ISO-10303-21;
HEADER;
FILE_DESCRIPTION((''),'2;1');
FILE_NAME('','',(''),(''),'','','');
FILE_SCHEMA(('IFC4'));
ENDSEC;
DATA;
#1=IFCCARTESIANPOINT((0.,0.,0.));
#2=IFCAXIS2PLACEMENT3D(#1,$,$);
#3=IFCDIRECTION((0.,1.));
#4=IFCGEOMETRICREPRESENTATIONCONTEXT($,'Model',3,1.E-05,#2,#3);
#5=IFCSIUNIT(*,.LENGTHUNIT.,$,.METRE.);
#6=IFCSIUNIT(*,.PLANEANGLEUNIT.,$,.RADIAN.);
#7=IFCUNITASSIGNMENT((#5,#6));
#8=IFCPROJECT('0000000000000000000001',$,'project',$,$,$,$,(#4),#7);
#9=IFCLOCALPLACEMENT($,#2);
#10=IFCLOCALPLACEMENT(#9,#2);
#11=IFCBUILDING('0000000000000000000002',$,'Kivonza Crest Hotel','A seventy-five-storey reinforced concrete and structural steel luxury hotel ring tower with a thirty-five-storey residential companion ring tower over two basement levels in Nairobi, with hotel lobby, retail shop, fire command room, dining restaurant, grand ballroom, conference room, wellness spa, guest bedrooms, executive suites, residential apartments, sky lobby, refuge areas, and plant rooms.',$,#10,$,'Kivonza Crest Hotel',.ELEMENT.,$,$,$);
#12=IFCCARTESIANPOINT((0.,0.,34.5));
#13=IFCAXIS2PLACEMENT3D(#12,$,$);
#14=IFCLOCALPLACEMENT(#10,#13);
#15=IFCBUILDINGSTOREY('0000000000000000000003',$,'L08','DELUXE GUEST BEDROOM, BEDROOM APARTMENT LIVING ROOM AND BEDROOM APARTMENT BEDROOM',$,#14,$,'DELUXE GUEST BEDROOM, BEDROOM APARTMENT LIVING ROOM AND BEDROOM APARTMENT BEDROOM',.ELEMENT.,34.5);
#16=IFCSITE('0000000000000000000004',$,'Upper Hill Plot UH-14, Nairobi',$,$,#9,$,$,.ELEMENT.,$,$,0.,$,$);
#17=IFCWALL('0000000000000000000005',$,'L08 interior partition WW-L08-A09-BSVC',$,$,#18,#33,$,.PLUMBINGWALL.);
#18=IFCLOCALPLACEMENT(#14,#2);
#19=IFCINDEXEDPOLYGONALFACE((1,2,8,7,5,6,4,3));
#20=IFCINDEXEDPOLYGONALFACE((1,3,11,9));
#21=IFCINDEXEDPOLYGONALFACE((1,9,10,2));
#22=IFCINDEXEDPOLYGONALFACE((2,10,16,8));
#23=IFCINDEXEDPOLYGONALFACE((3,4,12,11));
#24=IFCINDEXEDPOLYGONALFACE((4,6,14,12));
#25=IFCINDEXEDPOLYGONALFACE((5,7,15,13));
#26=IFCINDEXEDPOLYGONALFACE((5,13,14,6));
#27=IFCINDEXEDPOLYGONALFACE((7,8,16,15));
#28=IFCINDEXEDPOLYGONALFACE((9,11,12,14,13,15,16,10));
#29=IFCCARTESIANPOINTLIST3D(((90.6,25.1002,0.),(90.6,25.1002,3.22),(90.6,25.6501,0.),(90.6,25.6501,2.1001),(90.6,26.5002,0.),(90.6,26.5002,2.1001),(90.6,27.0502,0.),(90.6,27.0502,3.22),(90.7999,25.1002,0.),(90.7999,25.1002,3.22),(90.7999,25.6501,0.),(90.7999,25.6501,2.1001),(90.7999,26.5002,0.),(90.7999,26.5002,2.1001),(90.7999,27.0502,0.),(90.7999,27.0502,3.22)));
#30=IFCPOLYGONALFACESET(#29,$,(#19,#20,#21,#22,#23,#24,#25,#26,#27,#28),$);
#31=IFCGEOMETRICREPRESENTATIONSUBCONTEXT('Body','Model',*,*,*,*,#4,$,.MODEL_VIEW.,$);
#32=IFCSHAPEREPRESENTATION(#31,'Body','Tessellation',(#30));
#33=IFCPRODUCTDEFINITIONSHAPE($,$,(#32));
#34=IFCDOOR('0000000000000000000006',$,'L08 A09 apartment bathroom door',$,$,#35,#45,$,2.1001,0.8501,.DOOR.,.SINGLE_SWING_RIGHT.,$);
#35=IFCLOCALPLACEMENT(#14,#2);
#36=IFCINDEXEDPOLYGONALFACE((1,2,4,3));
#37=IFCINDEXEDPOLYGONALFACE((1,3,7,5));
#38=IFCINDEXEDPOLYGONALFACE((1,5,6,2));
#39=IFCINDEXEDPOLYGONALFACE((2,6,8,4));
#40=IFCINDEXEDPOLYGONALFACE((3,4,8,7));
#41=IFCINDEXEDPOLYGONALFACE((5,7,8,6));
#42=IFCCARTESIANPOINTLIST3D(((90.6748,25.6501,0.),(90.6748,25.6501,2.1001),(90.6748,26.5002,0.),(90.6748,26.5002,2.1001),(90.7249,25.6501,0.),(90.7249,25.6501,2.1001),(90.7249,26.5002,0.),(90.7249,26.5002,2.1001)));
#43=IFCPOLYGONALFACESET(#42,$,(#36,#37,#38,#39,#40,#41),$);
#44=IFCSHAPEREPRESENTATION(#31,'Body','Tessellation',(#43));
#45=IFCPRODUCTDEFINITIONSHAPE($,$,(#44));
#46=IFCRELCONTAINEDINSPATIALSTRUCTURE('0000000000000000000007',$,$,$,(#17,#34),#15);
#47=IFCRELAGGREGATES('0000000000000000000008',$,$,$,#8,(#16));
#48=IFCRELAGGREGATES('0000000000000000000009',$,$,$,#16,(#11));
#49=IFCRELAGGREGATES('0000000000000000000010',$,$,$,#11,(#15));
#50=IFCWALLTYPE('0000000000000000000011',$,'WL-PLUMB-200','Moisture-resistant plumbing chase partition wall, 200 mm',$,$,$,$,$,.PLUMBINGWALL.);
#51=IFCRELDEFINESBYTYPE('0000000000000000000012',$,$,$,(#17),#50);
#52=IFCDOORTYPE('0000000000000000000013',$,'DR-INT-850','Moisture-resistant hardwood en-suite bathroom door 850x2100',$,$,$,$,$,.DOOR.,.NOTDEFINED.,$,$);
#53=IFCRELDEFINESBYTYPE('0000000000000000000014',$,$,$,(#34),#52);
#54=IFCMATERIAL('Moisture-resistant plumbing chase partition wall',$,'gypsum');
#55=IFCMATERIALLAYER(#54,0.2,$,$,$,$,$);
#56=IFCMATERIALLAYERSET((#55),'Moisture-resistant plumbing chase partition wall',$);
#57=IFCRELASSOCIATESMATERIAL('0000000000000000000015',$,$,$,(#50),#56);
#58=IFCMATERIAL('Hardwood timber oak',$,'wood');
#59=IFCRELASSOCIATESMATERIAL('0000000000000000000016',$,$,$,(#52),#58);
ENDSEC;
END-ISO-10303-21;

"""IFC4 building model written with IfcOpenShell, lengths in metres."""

from ifc_helpers import new_model, si_unit, direction, frame, frame_2d, origin, place, context, subcontext, project, spatial, rectangle, extrude, material, layer, layer_set, type_object, element, fill, save


model = new_model("IFC4")

# Units and contexts
model_context = context("Model", 3, precision=1e-05, world=origin(), true_north=direction((0.0, 1.0)))
body_context = subcontext(model_context, "Body", "Model", "MODEL_VIEW")
ifc_project = project(units=[si_unit("LENGTHUNIT", "METRE"), si_unit("PLANEANGLEUNIT", "RADIAN")], contexts=[model_context])

# Site, building, storey
site_placement = place(None, origin())
site = spatial("IfcSite", under=ifc_project, at=site_placement, Name="Upper Hill Plot UH-14, Nairobi", CompositionType="ELEMENT", RefElevation=0.0)
building_placement = place(site_placement, origin())
building = spatial("IfcBuilding", under=site, at=building_placement, Name="Kivonza Crest Hotel", Description="A seventy-five-storey reinforced concrete and structural steel luxury hotel ring tower with a thirty-five-storey residential companion ring tower over two basement levels in Nairobi, with hotel lobby, retail shop, fire command room, dining restaurant, grand ballroom, conference room, wellness spa, guest bedrooms, executive suites, residential apartments, sky lobby, refuge areas, and plant rooms.", LongName="Kivonza Crest Hotel", CompositionType="ELEMENT")
storey_placement = place(building_placement, frame((0.0, 0.0, 34.5)))
storey = spatial("IfcBuildingStorey", under=building, at=storey_placement, Name="L08", Description="DELUXE GUEST BEDROOM, BEDROOM APARTMENT LIVING ROOM AND BEDROOM APARTMENT BEDROOM", LongName="DELUXE GUEST BEDROOM, BEDROOM APARTMENT LIVING ROOM AND BEDROOM APARTMENT BEDROOM", CompositionType="ELEMENT", Elevation=34.5)

# Shared definitions
ifc_material_1 = material(Name="Hardwood timber oak", Category="wood")

# Shared definitions
ifc_material_2 = material(Name="Moisture-resistant plumbing chase partition wall", Category="gypsum")
ifc_layer_1 = layer(ifc_material_2, 0.2)
ifc_layer_set_1 = layer_set([ifc_layer_1], Name="Moisture-resistant plumbing chase partition wall")
wall_type_1 = type_object("IfcWallType", Name="WL-PLUMB-200", Description="Moisture-resistant plumbing chase partition wall, 200 mm", PredefinedType="PLUMBINGWALL", material=ifc_layer_set_1)

# Wall, opening, door
wall_1_placement = place(storey_placement, frame((90.7, 25.1001, 0.0), z_axis=(0.0, 0.0, 1.0), x_axis=(0.0, 1.0, 0.0)))
wall_1 = element("IfcWall", 1, at=wall_1_placement, inside=storey, type_object=wall_type_1, Name="L08 interior partition WW-L08-A09-BSVC", PredefinedType="PLUMBINGWALL", context=body_context, shape_type="SweptSolid", body=[
    extrude(rectangle(XDim=1.95, YDim=0.2, at=frame_2d((0.9751, 0.0))), origin(), (0.0, 0.0, 1.0), 3.22),
])
opening_1_placement = place(wall_1_placement, frame((0.55, 0.0, 0.0)))
opening_1 = element("IfcOpeningElement", 2, at=opening_1_placement, cuts=wall_1, PredefinedType="OPENING", context=body_context, shape_type="SweptSolid", body=[
    extrude(rectangle(XDim=0.8501, YDim=2.1001, at=frame_2d((0.425, 1.05))), frame((0.0, 0.1099, 0.0), z_axis=(0.0, -1.0, 0.0), x_axis=(1.0, 0.0, 0.0)), (0.0, 0.0, 1.0), 0.22),
])
door_type_1 = type_object("IfcDoorType", Name="DR-INT-850", Description="Moisture-resistant hardwood en-suite bathroom door 850x2100", OperationType="NOTDEFINED", PredefinedType="DOOR", material=ifc_material_1)
door_1_placement = place(opening_1_placement, frame((0.8501, 0.0, 0.0), z_axis=(0.0, 0.0, 1.0), x_axis=(-1.0, 0.0, 0.0)))
door_1 = element("IfcDoor", 3, at=door_1_placement, inside=storey, type_object=door_type_1, Name="L08 A09 apartment bathroom door", OperationType="SINGLE_SWING_RIGHT", OverallHeight=2.1001, OverallWidth=0.8501, PredefinedType="DOOR", context=body_context, shape_type="SweptSolid", body=[
    extrude(rectangle(XDim=0.8501, YDim=2.1001, at=frame_2d((0.425, 1.05))), frame((0.0, 0.0249, 0.0), z_axis=(0.0, -1.0, 0.0), x_axis=(1.0, 0.0, 0.0)), (0.0, 0.0, 1.0), 0.05),
])
fill(opening_1, door_1)

save(model, "model.ifc")
